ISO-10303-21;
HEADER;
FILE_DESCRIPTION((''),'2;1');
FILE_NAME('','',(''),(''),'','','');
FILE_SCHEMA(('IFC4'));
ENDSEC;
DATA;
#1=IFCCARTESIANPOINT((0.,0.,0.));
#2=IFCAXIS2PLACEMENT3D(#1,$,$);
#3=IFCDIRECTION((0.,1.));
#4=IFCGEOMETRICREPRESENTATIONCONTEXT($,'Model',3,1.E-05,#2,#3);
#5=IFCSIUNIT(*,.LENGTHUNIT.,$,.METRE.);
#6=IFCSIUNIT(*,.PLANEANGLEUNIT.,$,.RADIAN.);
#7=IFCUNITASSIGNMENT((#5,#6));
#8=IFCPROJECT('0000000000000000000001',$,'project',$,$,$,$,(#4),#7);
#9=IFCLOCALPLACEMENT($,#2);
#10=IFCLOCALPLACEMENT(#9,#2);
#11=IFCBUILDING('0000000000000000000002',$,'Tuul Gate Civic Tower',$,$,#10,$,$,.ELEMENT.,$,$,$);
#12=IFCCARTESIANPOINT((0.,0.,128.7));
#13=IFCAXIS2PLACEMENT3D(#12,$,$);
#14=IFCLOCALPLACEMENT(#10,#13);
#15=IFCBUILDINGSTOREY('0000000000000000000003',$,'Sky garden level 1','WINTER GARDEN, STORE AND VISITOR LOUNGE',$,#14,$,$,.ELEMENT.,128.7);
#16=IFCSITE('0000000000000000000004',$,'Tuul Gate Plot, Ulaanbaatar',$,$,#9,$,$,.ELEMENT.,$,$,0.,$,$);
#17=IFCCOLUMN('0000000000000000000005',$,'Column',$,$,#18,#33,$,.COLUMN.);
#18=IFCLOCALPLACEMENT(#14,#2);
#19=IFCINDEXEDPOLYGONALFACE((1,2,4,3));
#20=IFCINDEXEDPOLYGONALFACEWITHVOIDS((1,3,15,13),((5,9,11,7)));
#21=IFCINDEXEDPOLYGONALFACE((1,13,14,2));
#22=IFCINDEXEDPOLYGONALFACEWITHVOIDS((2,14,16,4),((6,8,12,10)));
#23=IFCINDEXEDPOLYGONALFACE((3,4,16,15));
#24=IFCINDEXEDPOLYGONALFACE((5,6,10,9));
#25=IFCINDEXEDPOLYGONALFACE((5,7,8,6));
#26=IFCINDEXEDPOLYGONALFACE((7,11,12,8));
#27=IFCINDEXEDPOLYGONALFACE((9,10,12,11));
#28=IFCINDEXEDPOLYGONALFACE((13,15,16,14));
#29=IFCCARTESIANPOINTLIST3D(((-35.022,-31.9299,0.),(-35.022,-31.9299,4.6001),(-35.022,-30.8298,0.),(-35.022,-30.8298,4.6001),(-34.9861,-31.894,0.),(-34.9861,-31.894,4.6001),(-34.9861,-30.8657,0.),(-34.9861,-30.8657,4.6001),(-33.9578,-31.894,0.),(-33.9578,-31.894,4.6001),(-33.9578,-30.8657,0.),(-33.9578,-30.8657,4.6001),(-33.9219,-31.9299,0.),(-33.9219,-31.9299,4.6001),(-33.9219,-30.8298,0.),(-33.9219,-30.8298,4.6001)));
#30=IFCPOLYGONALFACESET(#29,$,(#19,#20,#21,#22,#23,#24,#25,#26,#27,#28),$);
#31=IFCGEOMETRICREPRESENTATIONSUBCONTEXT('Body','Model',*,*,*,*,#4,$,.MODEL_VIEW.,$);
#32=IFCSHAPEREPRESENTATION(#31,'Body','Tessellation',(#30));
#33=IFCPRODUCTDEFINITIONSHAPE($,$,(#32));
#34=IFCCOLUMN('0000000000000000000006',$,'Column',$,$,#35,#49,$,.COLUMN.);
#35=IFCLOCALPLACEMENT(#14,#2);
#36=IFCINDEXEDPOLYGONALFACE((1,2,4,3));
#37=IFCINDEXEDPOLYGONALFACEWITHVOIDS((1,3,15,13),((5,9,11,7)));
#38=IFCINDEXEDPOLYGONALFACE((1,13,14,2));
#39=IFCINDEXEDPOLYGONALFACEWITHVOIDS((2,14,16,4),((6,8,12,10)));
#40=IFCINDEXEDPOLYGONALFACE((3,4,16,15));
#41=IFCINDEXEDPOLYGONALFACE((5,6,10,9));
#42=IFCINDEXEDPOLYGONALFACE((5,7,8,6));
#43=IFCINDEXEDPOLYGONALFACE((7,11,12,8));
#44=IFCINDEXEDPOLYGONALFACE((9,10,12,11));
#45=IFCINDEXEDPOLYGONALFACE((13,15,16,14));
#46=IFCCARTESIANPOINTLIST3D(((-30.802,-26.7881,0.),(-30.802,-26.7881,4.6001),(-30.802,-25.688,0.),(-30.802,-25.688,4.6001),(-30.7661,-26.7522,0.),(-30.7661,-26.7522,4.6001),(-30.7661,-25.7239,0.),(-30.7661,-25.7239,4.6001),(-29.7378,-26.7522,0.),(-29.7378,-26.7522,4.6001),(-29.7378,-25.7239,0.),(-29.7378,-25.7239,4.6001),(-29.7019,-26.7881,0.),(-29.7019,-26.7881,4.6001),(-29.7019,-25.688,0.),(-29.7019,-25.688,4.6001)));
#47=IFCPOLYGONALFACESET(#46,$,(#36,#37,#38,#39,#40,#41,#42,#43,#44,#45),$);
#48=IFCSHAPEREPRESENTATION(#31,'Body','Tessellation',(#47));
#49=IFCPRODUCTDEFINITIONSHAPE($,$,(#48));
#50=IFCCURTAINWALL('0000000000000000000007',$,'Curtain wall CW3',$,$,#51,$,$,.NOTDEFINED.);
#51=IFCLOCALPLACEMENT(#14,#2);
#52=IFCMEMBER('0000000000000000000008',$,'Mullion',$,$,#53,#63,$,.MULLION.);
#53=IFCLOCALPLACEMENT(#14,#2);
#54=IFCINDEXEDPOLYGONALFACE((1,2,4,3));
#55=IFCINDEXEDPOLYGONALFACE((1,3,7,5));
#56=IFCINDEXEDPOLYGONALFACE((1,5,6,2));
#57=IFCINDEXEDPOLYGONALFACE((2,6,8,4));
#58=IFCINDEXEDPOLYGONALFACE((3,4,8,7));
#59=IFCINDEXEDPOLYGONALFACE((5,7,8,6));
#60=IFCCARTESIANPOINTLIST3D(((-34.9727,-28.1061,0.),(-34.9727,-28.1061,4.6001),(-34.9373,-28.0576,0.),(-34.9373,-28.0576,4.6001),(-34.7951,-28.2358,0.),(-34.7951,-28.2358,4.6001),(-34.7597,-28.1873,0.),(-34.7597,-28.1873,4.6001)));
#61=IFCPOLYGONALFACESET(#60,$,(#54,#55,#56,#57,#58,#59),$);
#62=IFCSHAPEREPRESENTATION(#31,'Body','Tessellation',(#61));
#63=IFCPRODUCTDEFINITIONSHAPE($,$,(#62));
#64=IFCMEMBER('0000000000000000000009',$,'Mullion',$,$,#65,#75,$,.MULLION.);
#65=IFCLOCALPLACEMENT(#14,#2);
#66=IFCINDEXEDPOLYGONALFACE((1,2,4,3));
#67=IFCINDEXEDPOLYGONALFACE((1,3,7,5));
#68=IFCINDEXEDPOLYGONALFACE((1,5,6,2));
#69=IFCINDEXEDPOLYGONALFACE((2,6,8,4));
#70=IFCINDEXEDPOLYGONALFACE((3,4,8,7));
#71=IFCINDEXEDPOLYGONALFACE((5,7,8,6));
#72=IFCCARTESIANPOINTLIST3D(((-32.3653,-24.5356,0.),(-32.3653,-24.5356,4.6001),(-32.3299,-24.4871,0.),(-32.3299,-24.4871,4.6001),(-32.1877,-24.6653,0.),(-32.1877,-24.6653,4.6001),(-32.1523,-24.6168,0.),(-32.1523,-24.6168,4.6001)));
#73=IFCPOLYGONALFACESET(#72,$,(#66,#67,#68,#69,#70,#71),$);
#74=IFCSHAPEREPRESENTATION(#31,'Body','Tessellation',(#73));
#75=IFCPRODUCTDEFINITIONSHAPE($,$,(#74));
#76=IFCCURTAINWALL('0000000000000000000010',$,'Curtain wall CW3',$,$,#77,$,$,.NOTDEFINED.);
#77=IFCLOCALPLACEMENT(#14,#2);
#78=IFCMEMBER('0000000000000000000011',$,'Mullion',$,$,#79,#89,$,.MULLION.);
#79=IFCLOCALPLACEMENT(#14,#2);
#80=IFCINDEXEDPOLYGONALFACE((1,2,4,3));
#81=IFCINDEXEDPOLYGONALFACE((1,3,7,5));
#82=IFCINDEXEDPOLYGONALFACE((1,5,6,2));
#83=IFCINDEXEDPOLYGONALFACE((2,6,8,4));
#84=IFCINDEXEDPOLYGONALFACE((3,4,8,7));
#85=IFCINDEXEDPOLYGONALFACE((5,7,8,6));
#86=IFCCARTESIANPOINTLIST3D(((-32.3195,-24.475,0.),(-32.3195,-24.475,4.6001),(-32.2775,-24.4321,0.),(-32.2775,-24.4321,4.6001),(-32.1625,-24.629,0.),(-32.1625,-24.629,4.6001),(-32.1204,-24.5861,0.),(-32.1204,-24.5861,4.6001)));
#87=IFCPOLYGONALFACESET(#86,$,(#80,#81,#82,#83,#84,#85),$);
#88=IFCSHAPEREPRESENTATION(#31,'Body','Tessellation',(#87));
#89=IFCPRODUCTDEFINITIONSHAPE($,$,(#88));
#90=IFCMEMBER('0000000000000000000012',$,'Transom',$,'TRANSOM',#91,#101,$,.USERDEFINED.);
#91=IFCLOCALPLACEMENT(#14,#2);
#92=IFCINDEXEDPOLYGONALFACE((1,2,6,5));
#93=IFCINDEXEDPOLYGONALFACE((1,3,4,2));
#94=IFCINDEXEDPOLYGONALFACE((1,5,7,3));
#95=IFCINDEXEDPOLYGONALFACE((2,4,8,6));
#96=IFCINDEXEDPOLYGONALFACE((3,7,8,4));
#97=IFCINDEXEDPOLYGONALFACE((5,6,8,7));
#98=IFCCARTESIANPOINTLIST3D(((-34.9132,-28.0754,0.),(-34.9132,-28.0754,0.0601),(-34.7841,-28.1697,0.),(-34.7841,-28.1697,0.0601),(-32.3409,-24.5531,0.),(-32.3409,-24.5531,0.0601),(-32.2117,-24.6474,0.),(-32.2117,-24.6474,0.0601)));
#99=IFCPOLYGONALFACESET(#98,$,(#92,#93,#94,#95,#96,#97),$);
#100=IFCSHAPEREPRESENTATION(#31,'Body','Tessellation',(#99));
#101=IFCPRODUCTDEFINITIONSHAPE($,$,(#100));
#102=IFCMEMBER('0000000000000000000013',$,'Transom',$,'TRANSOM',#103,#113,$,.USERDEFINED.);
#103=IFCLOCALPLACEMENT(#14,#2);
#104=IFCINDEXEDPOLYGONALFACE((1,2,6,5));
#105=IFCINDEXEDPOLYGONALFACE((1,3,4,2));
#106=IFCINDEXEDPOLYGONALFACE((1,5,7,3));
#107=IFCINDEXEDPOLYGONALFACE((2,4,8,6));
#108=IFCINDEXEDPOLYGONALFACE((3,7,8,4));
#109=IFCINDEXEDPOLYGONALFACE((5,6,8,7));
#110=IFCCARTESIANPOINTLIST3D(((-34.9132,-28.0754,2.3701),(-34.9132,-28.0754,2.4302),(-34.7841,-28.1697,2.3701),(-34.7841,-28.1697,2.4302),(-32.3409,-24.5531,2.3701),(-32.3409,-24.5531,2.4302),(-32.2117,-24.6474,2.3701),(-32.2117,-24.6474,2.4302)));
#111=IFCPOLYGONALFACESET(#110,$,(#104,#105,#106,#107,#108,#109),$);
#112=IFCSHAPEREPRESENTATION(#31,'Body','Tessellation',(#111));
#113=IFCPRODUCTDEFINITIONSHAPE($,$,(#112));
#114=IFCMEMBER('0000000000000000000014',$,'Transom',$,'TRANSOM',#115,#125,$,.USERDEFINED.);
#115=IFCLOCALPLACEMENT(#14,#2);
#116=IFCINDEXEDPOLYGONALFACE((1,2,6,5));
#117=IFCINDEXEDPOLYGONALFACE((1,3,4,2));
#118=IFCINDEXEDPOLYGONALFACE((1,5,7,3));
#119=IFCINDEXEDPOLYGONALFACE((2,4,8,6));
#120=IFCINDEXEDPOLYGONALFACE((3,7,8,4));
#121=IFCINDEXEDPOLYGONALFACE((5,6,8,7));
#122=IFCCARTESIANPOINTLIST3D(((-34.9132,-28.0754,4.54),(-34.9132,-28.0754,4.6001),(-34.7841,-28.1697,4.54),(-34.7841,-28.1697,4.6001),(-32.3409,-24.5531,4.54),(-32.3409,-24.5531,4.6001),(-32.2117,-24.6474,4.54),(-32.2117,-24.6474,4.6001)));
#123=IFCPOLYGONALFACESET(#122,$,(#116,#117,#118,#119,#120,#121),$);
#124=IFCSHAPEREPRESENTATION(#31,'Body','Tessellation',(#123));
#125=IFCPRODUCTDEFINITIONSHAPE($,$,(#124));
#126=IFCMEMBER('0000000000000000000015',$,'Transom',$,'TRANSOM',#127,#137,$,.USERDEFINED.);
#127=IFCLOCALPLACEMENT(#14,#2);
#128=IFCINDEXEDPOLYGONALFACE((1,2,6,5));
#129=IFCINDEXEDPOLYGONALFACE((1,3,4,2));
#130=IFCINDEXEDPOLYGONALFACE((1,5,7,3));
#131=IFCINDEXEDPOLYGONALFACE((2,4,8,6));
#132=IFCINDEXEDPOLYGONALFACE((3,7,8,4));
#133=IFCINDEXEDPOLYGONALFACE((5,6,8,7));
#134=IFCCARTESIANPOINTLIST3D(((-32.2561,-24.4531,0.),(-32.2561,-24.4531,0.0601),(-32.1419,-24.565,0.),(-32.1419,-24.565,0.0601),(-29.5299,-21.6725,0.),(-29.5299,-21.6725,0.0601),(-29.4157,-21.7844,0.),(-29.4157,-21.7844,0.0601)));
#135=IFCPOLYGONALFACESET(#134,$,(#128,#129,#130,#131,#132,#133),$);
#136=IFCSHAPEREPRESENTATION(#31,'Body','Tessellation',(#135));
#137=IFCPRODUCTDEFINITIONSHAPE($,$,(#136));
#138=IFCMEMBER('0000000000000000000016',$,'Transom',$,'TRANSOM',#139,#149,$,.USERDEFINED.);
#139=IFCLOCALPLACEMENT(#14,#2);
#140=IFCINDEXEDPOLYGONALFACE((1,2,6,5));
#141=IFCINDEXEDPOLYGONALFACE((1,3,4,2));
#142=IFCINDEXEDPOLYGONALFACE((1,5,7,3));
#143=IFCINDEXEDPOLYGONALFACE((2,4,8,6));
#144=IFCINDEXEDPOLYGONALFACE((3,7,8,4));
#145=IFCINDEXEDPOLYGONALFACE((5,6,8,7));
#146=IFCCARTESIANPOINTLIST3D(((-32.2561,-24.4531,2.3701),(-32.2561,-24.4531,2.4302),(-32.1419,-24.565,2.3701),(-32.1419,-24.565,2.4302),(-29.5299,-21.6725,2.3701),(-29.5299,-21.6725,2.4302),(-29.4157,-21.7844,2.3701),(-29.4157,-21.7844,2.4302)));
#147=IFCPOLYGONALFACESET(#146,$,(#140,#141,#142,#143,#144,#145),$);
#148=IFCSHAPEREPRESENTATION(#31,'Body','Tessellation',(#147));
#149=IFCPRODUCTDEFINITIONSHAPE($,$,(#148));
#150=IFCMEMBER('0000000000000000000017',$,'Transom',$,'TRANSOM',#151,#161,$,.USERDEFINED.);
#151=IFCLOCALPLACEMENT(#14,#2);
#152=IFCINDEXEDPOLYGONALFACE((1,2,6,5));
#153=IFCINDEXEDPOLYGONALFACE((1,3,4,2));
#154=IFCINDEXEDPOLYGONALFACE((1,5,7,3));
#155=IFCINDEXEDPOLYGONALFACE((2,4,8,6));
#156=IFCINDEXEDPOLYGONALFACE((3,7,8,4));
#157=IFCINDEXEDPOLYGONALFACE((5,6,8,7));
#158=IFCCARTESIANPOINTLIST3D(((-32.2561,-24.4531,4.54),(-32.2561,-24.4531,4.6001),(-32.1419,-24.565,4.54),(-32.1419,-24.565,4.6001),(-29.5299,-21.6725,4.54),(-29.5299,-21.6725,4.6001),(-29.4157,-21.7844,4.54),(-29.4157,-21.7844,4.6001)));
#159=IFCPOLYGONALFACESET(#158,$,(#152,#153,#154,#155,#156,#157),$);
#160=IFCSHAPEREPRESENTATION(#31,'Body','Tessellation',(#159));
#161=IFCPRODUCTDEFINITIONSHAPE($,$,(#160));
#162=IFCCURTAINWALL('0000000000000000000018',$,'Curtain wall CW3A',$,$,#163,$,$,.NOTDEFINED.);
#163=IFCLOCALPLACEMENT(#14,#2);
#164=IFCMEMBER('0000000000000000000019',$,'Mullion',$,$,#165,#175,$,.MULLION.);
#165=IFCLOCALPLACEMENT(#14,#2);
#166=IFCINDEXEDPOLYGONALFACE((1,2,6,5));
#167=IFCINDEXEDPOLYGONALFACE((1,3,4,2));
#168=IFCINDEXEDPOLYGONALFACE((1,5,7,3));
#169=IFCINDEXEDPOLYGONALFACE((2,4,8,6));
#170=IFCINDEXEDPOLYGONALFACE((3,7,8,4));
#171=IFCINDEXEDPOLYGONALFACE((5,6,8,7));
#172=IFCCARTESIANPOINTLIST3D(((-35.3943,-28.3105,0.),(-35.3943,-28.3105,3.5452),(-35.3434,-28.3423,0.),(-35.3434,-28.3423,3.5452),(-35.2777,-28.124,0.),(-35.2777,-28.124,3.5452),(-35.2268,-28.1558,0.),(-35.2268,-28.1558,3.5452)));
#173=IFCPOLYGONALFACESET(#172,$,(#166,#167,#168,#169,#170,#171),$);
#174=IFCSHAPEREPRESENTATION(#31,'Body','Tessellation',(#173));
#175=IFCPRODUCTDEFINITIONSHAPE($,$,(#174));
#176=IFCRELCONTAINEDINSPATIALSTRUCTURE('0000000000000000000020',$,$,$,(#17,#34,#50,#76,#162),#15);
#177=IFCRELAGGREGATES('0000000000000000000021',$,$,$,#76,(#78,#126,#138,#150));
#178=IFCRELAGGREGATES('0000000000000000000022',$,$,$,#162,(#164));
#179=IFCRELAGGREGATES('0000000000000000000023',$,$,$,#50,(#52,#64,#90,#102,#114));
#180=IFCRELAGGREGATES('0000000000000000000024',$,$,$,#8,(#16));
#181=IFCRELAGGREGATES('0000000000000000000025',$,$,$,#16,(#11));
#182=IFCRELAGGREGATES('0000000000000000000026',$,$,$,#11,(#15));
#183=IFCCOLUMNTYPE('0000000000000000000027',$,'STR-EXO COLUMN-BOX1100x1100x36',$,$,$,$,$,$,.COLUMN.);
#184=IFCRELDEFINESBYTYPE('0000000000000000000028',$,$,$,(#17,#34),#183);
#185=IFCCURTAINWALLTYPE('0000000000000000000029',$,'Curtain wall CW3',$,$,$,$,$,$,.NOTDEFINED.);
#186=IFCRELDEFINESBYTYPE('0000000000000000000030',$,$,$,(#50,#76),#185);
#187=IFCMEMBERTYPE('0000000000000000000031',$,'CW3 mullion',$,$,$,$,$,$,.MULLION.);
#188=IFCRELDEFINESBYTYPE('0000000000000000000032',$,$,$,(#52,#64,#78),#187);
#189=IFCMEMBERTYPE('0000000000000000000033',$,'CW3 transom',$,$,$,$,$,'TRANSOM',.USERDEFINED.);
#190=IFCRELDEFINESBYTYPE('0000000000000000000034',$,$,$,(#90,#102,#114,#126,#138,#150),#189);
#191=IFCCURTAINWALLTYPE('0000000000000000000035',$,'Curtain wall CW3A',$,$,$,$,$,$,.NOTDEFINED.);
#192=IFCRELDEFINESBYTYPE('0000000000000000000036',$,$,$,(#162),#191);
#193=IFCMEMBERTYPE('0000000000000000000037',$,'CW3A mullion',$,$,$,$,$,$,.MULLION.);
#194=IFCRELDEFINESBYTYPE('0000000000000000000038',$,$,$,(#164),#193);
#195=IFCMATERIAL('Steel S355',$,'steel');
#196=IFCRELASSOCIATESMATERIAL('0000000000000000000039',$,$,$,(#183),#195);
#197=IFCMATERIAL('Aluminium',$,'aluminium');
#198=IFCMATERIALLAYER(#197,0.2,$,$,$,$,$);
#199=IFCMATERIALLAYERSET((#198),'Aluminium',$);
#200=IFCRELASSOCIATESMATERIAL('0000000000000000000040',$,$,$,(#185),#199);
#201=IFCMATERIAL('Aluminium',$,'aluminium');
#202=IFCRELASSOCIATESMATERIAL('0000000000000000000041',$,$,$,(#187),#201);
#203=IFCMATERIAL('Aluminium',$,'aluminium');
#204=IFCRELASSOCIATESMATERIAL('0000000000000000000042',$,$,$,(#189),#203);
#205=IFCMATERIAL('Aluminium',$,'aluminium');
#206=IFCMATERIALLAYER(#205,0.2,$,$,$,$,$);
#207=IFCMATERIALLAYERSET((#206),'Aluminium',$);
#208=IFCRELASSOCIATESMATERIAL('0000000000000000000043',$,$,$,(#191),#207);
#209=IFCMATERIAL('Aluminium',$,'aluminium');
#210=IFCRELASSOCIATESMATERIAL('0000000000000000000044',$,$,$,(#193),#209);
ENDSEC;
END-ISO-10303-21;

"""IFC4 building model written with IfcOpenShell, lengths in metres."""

from ifc_helpers import new_model, si_unit, direction, frame, origin, origin_2d, place, context, subcontext, project, spatial, rectangle, hollow_rectangle, extrude, material, layer, layer_set, material_profile, profile_set, type_object, element, aggregate, save


model = new_model("IFC4")

# Units and contexts
model_context = context("Model", 3, precision=1e-05, world=origin(), true_north=direction((0.0, 1.0)))
body_context = subcontext(model_context, "Body", "Model", "MODEL_VIEW")
ifc_project = project(units=[si_unit("LENGTHUNIT", "METRE"), si_unit("PLANEANGLEUNIT", "RADIAN")], contexts=[model_context])

# Site, building, storey
site_placement = place(None, origin())
site = spatial("IfcSite", under=ifc_project, at=site_placement, Name="Tuul Gate Plot, Ulaanbaatar", CompositionType="ELEMENT", RefElevation=0.0)
building_placement = place(site_placement, origin())
building = spatial("IfcBuilding", under=site, at=building_placement, Name="Tuul Gate Civic Tower", CompositionType="ELEMENT")
storey_placement = place(building_placement, frame((0.0, 0.0, 128.7)))
storey = spatial("IfcBuildingStorey", under=building, at=storey_placement, Name="Sky garden level 1", Description="WINTER GARDEN, STORE AND VISITOR LOUNGE", CompositionType="ELEMENT", Elevation=128.7)

# Columns
ifc_material_1 = material(Name="Steel S355", Category="steel")
ifc_material_profile_1 = material_profile(ifc_material_1, hollow_rectangle(XDim=1.1001, YDim=1.1001, WallThickness=0.0359, at=origin_2d()), Name="BOX1100x1100x36")
ifc_profile_set_1 = profile_set([ifc_material_profile_1], Name="Steel S355")
column_type = type_object("IfcColumnType", Name="STR-EXO COLUMN-BOX1100x1100x36", PredefinedType="COLUMN", material=ifc_profile_set_1)
for number, where, z_axis, x_axis, name in (
    (1, (-34.4719, -31.3799, 0.0), (0.0, 0.0, 1.0), (1.0, 0.0, 0.0), "Column"),
    (2, (-30.252, -26.238, 0.0), (0.0, 0.0, 1.0), (1.0, 0.0, 0.0), "Column"),
):
    element("IfcColumn", number, at=place(storey_placement, frame(where, z_axis=z_axis, x_axis=x_axis)), inside=storey, type_object=column_type, Name=name, PredefinedType="COLUMN", context=body_context, shape_type="SweptSolid", body=[
        extrude(hollow_rectangle(XDim=1.1001, YDim=1.1001, WallThickness=0.0359, at=origin_2d()), origin(), (0.0, 0.0, 1.0), 4.6001),
    ])

# Curtain wall, members
ifc_material_2 = material(Name="Aluminium", Category="aluminium")
ifc_layer_1 = layer(ifc_material_2, 0.2)
ifc_layer_set_1 = layer_set([ifc_layer_1], Name="Aluminium")
curtain_wall_type_1 = type_object("IfcCurtainWallType", Name="Curtain wall CW3", PredefinedType="NOTDEFINED", material=ifc_layer_set_1)
curtain_wall_1_placement = place(storey_placement, origin())
curtain_wall_1 = element("IfcCurtainWall", 3, at=curtain_wall_1_placement, inside=storey, type_object=curtain_wall_type_1, Name="Curtain wall CW3", PredefinedType="NOTDEFINED")
ifc_material_3 = material(Name="Aluminium", Category="aluminium")
ifc_material_profile_2 = material_profile(ifc_material_3, rectangle(XDim=0.22, YDim=0.0601, at=origin_2d()), Name="CW3 mullion")
ifc_profile_set_2 = profile_set([ifc_material_profile_2], Name="Aluminium")
member_type_1 = type_object("IfcMemberType", Name="CW3 mullion", PredefinedType="MULLION", material=ifc_profile_set_2)
member_1_placement = place(storey_placement, frame((-34.8662, -28.1467, 0.0), z_axis=(0.0, 0.0, 1.0), x_axis=(-0.807567, 0.589776, 0.0)))
member_1 = element("IfcMember", 4, at=member_1_placement, type_object=member_type_1, Name="Mullion", PredefinedType="MULLION", context=body_context, shape_type="SweptSolid", body=[
    extrude(rectangle(XDim=0.22, YDim=0.0601, at=origin_2d()), origin(), (0.0, 0.0, 1.0), 4.6001),
])
member_2_placement = place(storey_placement, frame((-32.2588, -24.5762, 0.0), z_axis=(0.0, 0.0, 1.0), x_axis=(-0.807567, 0.589776, 0.0)))
member_2 = element("IfcMember", 5, at=member_2_placement, type_object=member_type_1, Name="Mullion", PredefinedType="MULLION", context=body_context, shape_type="SweptSolid", body=[
    extrude(rectangle(XDim=0.22, YDim=0.0601, at=origin_2d()), origin(), (0.0, 0.0, 1.0), 4.6001),
])

# Curtain wall, member
curtain_wall_2_placement = place(storey_placement, origin())
curtain_wall_2 = element("IfcCurtainWall", 6, at=curtain_wall_2_placement, inside=storey, type_object=curtain_wall_type_1, Name="Curtain wall CW3", PredefinedType="NOTDEFINED")
member_3_placement = place(storey_placement, frame((-32.22, -24.5305, 0.0), z_axis=(0.0, 0.0, 1.0), x_axis=(-0.7141, 0.700044, 0.0)))
member_3 = element("IfcMember", 7, at=member_3_placement, type_object=member_type_1, Name="Mullion", PredefinedType="MULLION", context=body_context, shape_type="SweptSolid", body=[
    extrude(rectangle(XDim=0.22, YDim=0.0601, at=origin_2d()), origin(), (0.0, 0.0, 1.0), 4.6001),
])

# Members
ifc_material_4 = material(Name="Aluminium", Category="aluminium")
ifc_material_profile_3 = material_profile(ifc_material_4, rectangle(XDim=0.1599, YDim=0.0601, at=origin_2d()), Name="CW3 transom")
ifc_profile_set_3 = profile_set([ifc_material_profile_3], Name="Aluminium")
member_type_2 = type_object("IfcMemberType", Name="CW3 transom", ElementType="TRANSOM", PredefinedType="USERDEFINED", material=ifc_profile_set_3)
member_4_placement = place(storey_placement, frame((-34.8486, -28.1226, 0.03), z_axis=(0.589768, 0.807573, 0.0), x_axis=(-0.807573, 0.589768, 0.0)))
member_4 = element("IfcMember", 8, at=member_4_placement, type_object=member_type_2, Name="Transom", ObjectType="TRANSOM", PredefinedType="USERDEFINED", context=body_context, shape_type="SweptSolid", body=[
    extrude(rectangle(XDim=0.1599, YDim=0.0601, at=origin_2d()), origin(), (0.0, 0.0, 1.0), 4.3616),
])
member_5_placement = place(storey_placement, frame((-34.8486, -28.1226, 2.4001), z_axis=(0.589768, 0.807573, 0.0), x_axis=(-0.807573, 0.589768, 0.0)))
member_5 = element("IfcMember", 9, at=member_5_placement, type_object=member_type_2, Name="Transom", ObjectType="TRANSOM", PredefinedType="USERDEFINED", context=body_context, shape_type="SweptSolid", body=[
    extrude(rectangle(XDim=0.1599, YDim=0.0601, at=origin_2d()), origin(), (0.0, 0.0, 1.0), 4.3616),
])
member_6_placement = place(storey_placement, frame((-34.8486, -28.1226, 4.5701), z_axis=(0.589768, 0.807573, 0.0), x_axis=(-0.807573, 0.589768, 0.0)))
member_6 = element("IfcMember", 10, at=member_6_placement, type_object=member_type_2, Name="Transom", ObjectType="TRANSOM", PredefinedType="USERDEFINED", context=body_context, shape_type="SweptSolid", body=[
    extrude(rectangle(XDim=0.1599, YDim=0.0601, at=origin_2d()), origin(), (0.0, 0.0, 1.0), 4.3616),
])
member_7_placement = place(storey_placement, frame((-32.199, -24.509, 0.03), z_axis=(0.700081, 0.714063, 0.0), x_axis=(-0.714063, 0.700081, 0.0)))
member_7 = element("IfcMember", 11, at=member_7_placement, type_object=member_type_2, Name="Transom", ObjectType="TRANSOM", PredefinedType="USERDEFINED", context=body_context, shape_type="SweptSolid", body=[
    extrude(rectangle(XDim=0.1599, YDim=0.0601, at=origin_2d()), origin(), (0.0, 0.0, 1.0), 3.894),
])
member_8_placement = place(storey_placement, frame((-32.199, -24.509, 2.4001), z_axis=(0.700081, 0.714063, 0.0), x_axis=(-0.714063, 0.700081, 0.0)))
member_8 = element("IfcMember", 12, at=member_8_placement, type_object=member_type_2, Name="Transom", ObjectType="TRANSOM", PredefinedType="USERDEFINED", context=body_context, shape_type="SweptSolid", body=[
    extrude(rectangle(XDim=0.1599, YDim=0.0601, at=origin_2d()), origin(), (0.0, 0.0, 1.0), 3.894),
])
member_9_placement = place(storey_placement, frame((-32.199, -24.509, 4.5701), z_axis=(0.700081, 0.714063, 0.0), x_axis=(-0.714063, 0.700081, 0.0)))
member_9 = element("IfcMember", 13, at=member_9_placement, type_object=member_type_2, Name="Transom", ObjectType="TRANSOM", PredefinedType="USERDEFINED", context=body_context, shape_type="SweptSolid", body=[
    extrude(rectangle(XDim=0.1599, YDim=0.0601, at=origin_2d()), origin(), (0.0, 0.0, 1.0), 3.894),
])
aggregate(curtain_wall_2, [member_3, member_7, member_8, member_9])

# Curtain wall, member
ifc_material_5 = material(Name="Aluminium", Category="aluminium")
ifc_layer_2 = layer(ifc_material_5, 0.2)
ifc_layer_set_2 = layer_set([ifc_layer_2], Name="Aluminium")
curtain_wall_type_2 = type_object("IfcCurtainWallType", Name="Curtain wall CW3A", PredefinedType="NOTDEFINED", material=ifc_layer_set_2)
curtain_wall_3_placement = place(storey_placement, origin())
curtain_wall_3 = element("IfcCurtainWall", 14, at=curtain_wall_3_placement, inside=storey, type_object=curtain_wall_type_2, Name="Curtain wall CW3A", PredefinedType="NOTDEFINED")
ifc_material_6 = material(Name="Aluminium", Category="aluminium")
ifc_material_profile_4 = material_profile(ifc_material_6, rectangle(XDim=0.22, YDim=0.0601, at=origin_2d()), Name="CW3A mullion")
ifc_profile_set_4 = profile_set([ifc_material_profile_4], Name="Aluminium")
member_type_3 = type_object("IfcMemberType", Name="CW3A mullion", PredefinedType="MULLION", material=ifc_profile_set_4)
member_10_placement = place(storey_placement, frame((-35.3105, -28.2332, 0.0), z_axis=(0.0, 0.0, 1.0), x_axis=(0.529958, 0.848024, 0.0)))
member_10 = element("IfcMember", 15, at=member_10_placement, type_object=member_type_3, Name="Mullion", PredefinedType="MULLION", context=body_context, shape_type="SweptSolid", body=[
    extrude(rectangle(XDim=0.22, YDim=0.0601, at=origin_2d()), origin(), (0.0, 0.0, 1.0), 3.5452),
])
aggregate(curtain_wall_3, [member_10])

aggregate(curtain_wall_1, [member_1, member_2, member_4, member_5, member_6])

save(model, "model.ifc")
